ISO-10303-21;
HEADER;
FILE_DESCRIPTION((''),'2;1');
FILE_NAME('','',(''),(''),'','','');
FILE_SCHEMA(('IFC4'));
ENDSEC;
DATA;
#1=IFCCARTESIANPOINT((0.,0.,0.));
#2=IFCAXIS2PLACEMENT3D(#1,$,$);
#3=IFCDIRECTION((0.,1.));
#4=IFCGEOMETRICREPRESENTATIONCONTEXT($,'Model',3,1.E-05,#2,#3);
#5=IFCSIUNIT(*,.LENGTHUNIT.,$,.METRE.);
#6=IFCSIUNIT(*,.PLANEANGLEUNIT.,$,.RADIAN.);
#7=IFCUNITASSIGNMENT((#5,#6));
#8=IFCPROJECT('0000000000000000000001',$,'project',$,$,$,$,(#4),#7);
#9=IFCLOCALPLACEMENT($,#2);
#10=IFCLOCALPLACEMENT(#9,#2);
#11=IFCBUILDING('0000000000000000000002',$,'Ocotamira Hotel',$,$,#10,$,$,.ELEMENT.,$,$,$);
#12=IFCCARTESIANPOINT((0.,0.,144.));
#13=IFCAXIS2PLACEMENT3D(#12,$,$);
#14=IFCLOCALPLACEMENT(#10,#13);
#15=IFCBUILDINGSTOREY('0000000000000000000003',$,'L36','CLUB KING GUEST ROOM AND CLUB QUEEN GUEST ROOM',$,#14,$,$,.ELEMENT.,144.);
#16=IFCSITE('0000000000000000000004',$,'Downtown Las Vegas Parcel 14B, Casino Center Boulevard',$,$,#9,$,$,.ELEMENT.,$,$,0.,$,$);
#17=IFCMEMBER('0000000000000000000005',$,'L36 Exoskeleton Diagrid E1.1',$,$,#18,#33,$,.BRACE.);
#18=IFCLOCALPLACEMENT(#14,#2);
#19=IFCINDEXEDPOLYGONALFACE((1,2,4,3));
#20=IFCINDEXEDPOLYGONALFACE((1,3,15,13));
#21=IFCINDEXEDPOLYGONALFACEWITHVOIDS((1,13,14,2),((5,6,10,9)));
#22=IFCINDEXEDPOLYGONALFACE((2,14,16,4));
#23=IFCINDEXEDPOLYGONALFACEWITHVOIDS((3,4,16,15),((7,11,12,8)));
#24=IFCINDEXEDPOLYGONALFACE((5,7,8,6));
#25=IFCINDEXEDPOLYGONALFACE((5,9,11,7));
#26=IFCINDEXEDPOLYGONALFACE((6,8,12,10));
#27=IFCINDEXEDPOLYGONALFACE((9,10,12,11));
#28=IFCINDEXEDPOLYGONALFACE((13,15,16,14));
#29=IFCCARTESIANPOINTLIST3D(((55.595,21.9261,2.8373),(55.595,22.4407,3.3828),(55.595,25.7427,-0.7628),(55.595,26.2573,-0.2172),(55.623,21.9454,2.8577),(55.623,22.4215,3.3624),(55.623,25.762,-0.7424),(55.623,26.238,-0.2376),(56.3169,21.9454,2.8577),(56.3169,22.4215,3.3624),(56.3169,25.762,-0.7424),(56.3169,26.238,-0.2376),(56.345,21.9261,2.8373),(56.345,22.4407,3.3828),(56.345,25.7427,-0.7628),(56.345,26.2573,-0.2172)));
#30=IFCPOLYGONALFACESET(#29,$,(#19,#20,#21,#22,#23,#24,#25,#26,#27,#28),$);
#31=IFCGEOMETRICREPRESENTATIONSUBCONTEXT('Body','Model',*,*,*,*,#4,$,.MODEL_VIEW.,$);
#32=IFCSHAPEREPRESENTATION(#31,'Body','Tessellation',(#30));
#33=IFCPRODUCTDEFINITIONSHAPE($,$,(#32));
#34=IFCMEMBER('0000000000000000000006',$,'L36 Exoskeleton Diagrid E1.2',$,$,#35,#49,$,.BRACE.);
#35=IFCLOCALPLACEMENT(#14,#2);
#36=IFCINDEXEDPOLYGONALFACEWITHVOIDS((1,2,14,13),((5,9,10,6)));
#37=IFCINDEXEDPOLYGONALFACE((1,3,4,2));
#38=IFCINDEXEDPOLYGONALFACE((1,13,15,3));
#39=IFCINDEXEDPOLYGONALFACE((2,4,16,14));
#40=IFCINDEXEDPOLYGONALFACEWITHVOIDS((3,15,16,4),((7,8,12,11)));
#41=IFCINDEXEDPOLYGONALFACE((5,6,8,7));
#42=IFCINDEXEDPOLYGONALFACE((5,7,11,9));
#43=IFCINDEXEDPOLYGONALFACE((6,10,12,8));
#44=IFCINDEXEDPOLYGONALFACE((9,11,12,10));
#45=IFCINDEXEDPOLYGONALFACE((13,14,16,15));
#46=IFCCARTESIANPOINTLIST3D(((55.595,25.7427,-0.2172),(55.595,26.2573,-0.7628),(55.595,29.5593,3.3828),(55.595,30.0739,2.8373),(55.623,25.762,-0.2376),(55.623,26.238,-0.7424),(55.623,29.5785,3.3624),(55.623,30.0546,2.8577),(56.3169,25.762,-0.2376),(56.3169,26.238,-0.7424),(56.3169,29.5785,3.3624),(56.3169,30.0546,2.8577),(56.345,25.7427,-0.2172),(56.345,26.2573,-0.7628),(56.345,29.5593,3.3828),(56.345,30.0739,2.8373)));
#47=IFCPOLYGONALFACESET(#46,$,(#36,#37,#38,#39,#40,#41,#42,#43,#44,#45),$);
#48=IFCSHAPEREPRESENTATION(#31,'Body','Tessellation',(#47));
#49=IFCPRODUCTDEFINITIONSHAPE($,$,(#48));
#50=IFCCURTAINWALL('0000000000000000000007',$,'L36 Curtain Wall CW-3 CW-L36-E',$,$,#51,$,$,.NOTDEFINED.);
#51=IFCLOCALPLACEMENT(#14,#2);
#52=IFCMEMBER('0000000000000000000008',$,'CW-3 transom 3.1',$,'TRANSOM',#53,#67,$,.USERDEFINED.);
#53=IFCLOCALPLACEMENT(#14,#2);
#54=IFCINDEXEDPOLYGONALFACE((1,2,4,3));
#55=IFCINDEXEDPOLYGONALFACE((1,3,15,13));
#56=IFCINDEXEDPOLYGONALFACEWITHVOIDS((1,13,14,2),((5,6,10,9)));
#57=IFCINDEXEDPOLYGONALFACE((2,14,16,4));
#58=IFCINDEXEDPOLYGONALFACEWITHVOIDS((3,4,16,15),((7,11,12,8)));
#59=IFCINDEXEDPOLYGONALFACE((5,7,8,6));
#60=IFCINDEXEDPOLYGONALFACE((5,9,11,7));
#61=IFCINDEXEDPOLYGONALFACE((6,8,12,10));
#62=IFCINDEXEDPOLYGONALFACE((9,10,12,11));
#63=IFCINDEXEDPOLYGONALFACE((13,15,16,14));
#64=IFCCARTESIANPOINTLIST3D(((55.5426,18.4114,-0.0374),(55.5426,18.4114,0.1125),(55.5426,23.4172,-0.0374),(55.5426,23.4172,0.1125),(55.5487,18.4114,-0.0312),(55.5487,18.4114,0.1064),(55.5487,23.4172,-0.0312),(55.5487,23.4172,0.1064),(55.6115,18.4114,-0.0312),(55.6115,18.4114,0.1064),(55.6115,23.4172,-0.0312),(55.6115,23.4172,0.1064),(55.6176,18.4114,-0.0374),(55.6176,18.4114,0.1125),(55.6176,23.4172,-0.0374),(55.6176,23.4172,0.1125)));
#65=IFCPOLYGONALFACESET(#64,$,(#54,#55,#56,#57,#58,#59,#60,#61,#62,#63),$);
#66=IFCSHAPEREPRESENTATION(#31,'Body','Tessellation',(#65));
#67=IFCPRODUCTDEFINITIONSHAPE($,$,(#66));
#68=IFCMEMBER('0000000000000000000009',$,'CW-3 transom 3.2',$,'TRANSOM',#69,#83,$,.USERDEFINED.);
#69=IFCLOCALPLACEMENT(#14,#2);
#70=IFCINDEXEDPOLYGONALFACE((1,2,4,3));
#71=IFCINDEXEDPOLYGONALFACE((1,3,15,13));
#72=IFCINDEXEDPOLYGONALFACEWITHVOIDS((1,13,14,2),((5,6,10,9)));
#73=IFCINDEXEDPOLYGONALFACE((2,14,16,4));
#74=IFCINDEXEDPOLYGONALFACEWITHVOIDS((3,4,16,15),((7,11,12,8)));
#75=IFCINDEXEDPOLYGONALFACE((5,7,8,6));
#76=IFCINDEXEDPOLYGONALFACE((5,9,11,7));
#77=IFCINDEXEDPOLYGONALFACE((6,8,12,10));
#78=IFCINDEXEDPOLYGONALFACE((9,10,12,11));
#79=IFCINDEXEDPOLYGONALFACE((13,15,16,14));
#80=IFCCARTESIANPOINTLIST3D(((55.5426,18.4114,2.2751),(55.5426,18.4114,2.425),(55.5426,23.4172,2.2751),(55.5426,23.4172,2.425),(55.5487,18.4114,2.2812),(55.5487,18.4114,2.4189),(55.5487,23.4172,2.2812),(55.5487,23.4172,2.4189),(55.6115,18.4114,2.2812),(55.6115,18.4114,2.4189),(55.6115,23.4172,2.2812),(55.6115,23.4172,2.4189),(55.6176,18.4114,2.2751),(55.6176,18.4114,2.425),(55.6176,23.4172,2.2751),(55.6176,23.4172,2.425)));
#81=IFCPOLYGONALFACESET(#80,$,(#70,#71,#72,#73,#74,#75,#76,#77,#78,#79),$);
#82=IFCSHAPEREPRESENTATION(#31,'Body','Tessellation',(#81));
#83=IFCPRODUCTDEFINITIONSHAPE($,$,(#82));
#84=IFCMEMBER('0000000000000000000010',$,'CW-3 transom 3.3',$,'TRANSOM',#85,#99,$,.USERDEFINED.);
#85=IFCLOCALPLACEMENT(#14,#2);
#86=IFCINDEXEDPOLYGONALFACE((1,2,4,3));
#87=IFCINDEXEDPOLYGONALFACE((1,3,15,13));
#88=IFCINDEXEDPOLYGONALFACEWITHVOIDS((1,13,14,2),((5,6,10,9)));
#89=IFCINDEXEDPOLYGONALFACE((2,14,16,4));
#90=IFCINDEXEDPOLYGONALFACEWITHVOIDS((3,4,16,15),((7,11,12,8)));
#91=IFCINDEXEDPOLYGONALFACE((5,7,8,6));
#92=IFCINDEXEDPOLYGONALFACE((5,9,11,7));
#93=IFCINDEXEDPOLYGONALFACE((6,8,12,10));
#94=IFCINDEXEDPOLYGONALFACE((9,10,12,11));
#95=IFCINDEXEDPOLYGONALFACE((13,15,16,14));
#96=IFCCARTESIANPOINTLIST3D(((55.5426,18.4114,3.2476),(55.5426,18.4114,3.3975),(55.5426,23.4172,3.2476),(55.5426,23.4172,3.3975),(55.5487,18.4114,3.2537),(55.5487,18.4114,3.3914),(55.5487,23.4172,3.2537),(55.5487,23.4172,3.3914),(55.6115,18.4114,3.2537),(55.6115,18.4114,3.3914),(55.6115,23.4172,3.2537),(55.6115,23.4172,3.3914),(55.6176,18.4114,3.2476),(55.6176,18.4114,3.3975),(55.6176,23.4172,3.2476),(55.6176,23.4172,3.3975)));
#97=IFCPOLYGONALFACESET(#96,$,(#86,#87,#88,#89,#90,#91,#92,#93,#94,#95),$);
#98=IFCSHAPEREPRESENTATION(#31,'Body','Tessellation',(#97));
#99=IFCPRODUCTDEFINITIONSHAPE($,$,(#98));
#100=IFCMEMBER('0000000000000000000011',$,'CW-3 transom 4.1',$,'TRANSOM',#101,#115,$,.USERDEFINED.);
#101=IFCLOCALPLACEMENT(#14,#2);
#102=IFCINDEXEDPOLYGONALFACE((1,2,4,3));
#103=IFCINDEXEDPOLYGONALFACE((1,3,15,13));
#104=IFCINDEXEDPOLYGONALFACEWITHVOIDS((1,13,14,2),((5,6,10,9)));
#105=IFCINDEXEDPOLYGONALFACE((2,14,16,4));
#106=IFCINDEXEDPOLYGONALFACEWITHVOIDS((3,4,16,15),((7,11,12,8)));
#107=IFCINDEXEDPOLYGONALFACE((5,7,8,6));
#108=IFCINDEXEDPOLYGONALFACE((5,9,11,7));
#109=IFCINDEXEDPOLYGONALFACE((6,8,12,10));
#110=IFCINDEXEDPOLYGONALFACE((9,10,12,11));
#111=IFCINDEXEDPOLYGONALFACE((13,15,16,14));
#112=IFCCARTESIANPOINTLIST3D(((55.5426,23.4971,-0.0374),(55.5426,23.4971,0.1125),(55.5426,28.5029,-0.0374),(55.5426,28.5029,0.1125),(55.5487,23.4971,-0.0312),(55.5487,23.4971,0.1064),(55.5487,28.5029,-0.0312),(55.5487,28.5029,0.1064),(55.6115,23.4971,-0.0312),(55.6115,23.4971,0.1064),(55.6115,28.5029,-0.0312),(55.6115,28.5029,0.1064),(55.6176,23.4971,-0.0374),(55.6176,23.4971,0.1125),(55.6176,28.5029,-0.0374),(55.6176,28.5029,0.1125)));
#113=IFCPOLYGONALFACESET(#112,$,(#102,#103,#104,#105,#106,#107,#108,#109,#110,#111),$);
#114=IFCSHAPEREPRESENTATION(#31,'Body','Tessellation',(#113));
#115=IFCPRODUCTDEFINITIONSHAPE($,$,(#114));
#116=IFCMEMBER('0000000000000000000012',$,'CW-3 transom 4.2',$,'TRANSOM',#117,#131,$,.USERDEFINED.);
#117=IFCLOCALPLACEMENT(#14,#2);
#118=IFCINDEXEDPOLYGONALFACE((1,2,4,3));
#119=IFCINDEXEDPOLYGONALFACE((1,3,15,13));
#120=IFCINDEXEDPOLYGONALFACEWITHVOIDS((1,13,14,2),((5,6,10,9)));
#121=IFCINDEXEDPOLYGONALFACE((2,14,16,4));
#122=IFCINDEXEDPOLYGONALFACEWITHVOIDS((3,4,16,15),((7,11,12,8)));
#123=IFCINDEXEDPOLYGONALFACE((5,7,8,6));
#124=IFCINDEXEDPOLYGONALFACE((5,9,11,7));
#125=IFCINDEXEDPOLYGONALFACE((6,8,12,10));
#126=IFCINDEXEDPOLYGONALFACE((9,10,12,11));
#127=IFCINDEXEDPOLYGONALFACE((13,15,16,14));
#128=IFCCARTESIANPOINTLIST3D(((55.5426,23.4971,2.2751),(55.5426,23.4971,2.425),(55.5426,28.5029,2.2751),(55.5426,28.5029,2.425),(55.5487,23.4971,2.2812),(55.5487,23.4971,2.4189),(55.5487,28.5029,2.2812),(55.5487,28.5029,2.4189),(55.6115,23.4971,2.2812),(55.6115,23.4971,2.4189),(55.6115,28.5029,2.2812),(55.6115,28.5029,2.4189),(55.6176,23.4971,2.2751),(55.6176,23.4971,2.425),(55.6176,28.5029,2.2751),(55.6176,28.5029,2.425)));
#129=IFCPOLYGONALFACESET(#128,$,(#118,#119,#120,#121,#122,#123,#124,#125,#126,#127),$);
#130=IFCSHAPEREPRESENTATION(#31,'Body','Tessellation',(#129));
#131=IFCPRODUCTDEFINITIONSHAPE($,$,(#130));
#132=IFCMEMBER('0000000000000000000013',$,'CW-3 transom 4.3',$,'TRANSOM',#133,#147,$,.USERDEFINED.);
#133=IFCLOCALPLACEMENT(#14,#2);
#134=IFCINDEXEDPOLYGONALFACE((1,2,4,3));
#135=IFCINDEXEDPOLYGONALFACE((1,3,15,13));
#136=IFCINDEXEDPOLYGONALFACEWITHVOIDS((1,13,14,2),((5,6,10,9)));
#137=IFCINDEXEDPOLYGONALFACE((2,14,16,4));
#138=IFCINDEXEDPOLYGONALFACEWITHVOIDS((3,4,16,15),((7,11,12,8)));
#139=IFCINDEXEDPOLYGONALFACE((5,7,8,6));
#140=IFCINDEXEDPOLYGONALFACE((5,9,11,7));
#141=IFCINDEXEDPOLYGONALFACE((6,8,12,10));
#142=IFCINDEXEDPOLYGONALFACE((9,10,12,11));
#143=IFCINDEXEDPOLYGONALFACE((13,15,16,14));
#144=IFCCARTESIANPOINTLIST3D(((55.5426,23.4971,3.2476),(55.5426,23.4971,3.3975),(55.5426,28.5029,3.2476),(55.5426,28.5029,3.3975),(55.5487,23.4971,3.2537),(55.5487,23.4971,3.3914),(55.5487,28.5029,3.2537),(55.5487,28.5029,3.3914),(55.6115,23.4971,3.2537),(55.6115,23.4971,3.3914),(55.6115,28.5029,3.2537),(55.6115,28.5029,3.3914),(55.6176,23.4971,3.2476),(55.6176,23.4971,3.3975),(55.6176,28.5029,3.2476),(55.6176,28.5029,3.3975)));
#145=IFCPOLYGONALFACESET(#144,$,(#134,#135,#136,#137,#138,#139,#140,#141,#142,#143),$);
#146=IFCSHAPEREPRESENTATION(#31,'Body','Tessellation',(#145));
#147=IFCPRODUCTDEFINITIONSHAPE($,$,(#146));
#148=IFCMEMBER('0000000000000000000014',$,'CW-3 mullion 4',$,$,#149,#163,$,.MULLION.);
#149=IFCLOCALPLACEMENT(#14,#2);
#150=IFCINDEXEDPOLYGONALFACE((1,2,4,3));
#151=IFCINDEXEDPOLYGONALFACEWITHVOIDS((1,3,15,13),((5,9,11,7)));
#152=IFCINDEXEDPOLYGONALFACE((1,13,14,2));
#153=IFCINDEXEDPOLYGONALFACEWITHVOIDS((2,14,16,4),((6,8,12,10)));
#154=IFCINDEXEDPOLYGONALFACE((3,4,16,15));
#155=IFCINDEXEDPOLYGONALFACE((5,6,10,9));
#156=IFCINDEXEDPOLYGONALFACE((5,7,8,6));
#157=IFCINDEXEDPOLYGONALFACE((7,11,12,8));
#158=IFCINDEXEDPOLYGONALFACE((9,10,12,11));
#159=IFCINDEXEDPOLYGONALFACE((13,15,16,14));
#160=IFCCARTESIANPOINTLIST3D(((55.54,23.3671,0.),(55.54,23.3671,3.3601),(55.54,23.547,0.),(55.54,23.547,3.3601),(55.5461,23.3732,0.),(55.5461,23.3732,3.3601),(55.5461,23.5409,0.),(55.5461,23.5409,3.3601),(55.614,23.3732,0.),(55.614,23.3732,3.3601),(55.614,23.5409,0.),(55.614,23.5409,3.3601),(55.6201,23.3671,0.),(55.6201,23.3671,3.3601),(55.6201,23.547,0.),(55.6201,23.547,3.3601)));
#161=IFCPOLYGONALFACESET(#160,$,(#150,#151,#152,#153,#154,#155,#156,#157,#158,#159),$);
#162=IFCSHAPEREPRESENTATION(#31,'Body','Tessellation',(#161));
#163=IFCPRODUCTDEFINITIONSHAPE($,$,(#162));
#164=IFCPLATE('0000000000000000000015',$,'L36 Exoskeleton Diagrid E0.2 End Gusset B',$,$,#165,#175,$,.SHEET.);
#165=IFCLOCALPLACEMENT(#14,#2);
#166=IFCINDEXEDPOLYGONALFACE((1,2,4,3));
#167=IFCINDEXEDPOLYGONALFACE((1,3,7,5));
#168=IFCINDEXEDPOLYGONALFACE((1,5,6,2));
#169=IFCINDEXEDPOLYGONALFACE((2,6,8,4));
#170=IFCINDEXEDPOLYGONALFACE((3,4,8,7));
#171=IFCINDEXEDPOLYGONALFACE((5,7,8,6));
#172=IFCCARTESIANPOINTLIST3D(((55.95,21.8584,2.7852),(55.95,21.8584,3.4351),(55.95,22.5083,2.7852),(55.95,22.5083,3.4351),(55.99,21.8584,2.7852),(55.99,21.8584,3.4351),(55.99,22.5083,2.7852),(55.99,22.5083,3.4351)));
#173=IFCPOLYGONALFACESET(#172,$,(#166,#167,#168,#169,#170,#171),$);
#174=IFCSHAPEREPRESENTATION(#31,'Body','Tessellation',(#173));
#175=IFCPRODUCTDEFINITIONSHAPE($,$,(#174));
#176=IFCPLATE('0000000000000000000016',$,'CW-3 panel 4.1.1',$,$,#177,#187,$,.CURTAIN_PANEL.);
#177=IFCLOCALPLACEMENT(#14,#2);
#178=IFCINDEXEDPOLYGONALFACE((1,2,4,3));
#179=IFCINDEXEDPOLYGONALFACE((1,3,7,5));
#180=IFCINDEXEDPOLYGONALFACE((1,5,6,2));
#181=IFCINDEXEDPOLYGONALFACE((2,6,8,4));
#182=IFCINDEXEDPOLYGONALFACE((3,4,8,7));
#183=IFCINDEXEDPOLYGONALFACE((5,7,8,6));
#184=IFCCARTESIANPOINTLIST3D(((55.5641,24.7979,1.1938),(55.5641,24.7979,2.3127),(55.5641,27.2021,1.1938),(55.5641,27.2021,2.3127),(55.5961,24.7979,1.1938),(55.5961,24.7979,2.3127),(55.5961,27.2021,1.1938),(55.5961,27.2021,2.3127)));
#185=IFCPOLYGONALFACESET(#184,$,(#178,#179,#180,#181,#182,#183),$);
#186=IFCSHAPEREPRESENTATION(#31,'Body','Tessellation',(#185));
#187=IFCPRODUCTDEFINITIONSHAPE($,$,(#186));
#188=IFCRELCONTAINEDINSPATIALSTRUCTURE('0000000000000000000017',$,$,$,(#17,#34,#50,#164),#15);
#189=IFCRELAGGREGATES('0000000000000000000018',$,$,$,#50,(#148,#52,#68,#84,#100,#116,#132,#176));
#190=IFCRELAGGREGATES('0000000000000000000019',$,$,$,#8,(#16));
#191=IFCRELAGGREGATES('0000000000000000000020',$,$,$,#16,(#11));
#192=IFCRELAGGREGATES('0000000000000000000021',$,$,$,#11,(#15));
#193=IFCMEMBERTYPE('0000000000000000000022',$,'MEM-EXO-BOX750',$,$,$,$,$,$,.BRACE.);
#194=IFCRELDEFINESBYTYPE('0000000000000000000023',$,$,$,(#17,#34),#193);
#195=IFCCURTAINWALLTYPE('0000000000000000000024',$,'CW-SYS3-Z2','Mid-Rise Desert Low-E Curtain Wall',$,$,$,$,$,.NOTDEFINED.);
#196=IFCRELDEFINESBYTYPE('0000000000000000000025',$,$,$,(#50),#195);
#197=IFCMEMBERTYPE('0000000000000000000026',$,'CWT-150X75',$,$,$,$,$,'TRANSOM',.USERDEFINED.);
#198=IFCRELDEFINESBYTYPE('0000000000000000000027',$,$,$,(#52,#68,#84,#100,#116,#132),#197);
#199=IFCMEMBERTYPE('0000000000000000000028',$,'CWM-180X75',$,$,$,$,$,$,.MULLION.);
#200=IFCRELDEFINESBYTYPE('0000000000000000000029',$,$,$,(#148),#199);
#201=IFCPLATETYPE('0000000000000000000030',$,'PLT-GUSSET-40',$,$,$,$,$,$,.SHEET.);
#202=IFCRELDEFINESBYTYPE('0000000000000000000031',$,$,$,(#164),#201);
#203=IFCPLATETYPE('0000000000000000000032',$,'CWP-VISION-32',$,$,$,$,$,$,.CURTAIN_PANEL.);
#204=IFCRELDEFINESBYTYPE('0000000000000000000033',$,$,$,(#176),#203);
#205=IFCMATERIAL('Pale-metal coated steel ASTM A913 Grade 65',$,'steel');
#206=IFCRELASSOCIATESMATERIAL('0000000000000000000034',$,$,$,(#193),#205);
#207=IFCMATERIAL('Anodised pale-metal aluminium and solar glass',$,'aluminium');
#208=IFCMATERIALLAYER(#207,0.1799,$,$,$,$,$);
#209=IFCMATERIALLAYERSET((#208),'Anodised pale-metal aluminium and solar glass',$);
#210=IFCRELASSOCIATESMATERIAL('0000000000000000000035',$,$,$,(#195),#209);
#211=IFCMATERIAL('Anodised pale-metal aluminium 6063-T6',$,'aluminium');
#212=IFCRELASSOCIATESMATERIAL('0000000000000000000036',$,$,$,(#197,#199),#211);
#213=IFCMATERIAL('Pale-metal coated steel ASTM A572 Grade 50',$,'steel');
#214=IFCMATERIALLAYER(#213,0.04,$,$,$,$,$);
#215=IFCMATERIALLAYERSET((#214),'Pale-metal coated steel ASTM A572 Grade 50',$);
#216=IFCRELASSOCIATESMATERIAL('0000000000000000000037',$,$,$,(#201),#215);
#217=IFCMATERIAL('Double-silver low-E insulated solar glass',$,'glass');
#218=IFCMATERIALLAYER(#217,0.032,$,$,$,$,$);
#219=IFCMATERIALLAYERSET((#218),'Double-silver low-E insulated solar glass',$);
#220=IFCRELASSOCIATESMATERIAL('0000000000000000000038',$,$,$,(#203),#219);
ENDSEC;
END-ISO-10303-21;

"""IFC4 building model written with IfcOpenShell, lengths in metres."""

from ifc_helpers import new_model, si_unit, direction, frame, origin, origin_2d, place, context, subcontext, project, spatial, rectangle, hollow_rectangle, extrude, source, transform, mapped, material, layer, layer_set, material_profile, profile_set, type_object, element, aggregate, save


model = new_model("IFC4")

# Units and contexts
model_context = context("Model", 3, precision=1e-05, world=origin(), true_north=direction((0.0, 1.0)))
body_context = subcontext(model_context, "Body", "Model", "MODEL_VIEW")
ifc_project = project(units=[si_unit("LENGTHUNIT", "METRE"), si_unit("PLANEANGLEUNIT", "RADIAN")], contexts=[model_context])

# Site, building, storey
site_placement = place(None, origin())
site = spatial("IfcSite", under=ifc_project, at=site_placement, Name="Downtown Las Vegas Parcel 14B, Casino Center Boulevard", CompositionType="ELEMENT", RefElevation=0.0)
building_placement = place(site_placement, origin())
building = spatial("IfcBuilding", under=site, at=building_placement, Name="Ocotamira Hotel", CompositionType="ELEMENT")
storey_placement = place(building_placement, frame((0.0, 0.0, 144.0)))
storey = spatial("IfcBuildingStorey", under=building, at=storey_placement, Name="L36", Description="CLUB KING GUEST ROOM AND CLUB QUEEN GUEST ROOM", CompositionType="ELEMENT", Elevation=144.0)

# Members
ifc_material_1 = material(Name="Pale-metal coated steel ASTM A913 Grade 65", Category="steel")
ifc_material_profile_1 = material_profile(ifc_material_1, hollow_rectangle(XDim=0.75, YDim=0.75, WallThickness=0.0281, at=origin_2d()), Name="BOX750X750X28")
ifc_profile_set_1 = profile_set([ifc_material_profile_1], Name="Pale-metal coated steel ASTM A913 Grade 65")
member_type_1 = type_object("IfcMemberType", Name="MEM-EXO-BOX750", PredefinedType="BRACE", material=ifc_profile_set_1)
shared_shape_1 = source(origin(), body_context, "Body", "SweptSolid", [
    extrude(hollow_rectangle(XDim=0.75, YDim=0.75, WallThickness=0.0281, at=origin_2d()), origin(), (0.0, 0.0, 1.0), 5.2466),
])
for number, where, z_axis, x_axis, name in (
    (1, (55.97, 26.0, -0.49), (0.0, -0.727443, 0.686168), (1.0, 0.0, 0.0), "L36 Exoskeleton Diagrid E1.1"),
    (2, (55.97, 26.0, -0.49), (0.0, 0.727443, 0.686168), (-1.0, 0.0, 0.0), "L36 Exoskeleton Diagrid E1.2"),
):
    element("IfcMember", number, at=place(storey_placement, frame(where, z_axis=z_axis, x_axis=x_axis)), inside=storey, type_object=member_type_1, Name=name, PredefinedType="BRACE", context=body_context, shape_type="MappedRepresentation", body=[
        mapped(shared_shape_1, transform((0.0, 0.0, 0.0), scale=1.0)),
    ])

# Curtain wall, members
ifc_material_2 = material(Name="Anodised pale-metal aluminium and solar glass", Category="aluminium")
ifc_layer_1 = layer(ifc_material_2, 0.1799)
ifc_layer_set_1 = layer_set([ifc_layer_1], Name="Anodised pale-metal aluminium and solar glass")
curtain_wall_type = type_object("IfcCurtainWallType", Name="CW-SYS3-Z2", Description="Mid-Rise Desert Low-E Curtain Wall", PredefinedType="NOTDEFINED", material=ifc_layer_set_1)
curtain_wall_placement = place(storey_placement, origin())
curtain_wall = element("IfcCurtainWall", 3, at=curtain_wall_placement, inside=storey, type_object=curtain_wall_type, Name="L36 Curtain Wall CW-3 CW-L36-E", PredefinedType="NOTDEFINED")
ifc_material_3 = material(Name="Anodised pale-metal aluminium 6063-T6", Category="aluminium")
ifc_material_profile_2 = material_profile(ifc_material_3, hollow_rectangle(XDim=0.075, YDim=0.1499, WallThickness=0.0061, at=origin_2d()), Name="HSS150X75X6")
ifc_profile_set_2 = profile_set([ifc_material_profile_2], Name="Anodised pale-metal aluminium 6063-T6")
member_type_2 = type_object("IfcMemberType", Name="CWT-150X75", ElementType="TRANSOM", PredefinedType="USERDEFINED", material=ifc_profile_set_2)
shared_shape_2 = source(origin(), body_context, "Body", "SweptSolid", [
    extrude(hollow_rectangle(XDim=0.075, YDim=0.1499, WallThickness=0.0061, at=origin_2d()), origin(), (0.0, 0.0, 1.0), 5.0059),
])
member_1_placement = place(storey_placement, frame((55.5801, 18.4114, 0.0376), z_axis=(0.0, 1.0, 0.0), x_axis=(-1.0, 0.0, 0.0)))
member_1 = element("IfcMember", 4, at=member_1_placement, type_object=member_type_2, Name="CW-3 transom 3.1", ObjectType="TRANSOM", PredefinedType="USERDEFINED", context=body_context, shape_type="MappedRepresentation", body=[
    mapped(shared_shape_2, transform((0.0, 0.0, 0.0), scale=1.0)),
])
member_2_placement = place(storey_placement, frame((55.5801, 18.4114, 2.3501), z_axis=(0.0, 1.0, 0.0), x_axis=(-1.0, 0.0, 0.0)))
member_2 = element("IfcMember", 5, at=member_2_placement, type_object=member_type_2, Name="CW-3 transom 3.2", ObjectType="TRANSOM", PredefinedType="USERDEFINED", context=body_context, shape_type="MappedRepresentation", body=[
    mapped(shared_shape_2, transform((0.0, 0.0, 0.0), scale=1.0)),
])
member_3_placement = place(storey_placement, frame((55.5801, 18.4114, 3.3225), z_axis=(0.0, 1.0, 0.0), x_axis=(-1.0, 0.0, 0.0)))
member_3 = element("IfcMember", 6, at=member_3_placement, type_object=member_type_2, Name="CW-3 transom 3.3", ObjectType="TRANSOM", PredefinedType="USERDEFINED", context=body_context, shape_type="MappedRepresentation", body=[
    mapped(shared_shape_2, transform((0.0, 0.0, 0.0), scale=1.0)),
])
member_4_placement = place(storey_placement, frame((55.5801, 23.4971, 0.0376), z_axis=(0.0, 1.0, 0.0), x_axis=(-1.0, 0.0, 0.0)))
member_4 = element("IfcMember", 7, at=member_4_placement, type_object=member_type_2, Name="CW-3 transom 4.1", ObjectType="TRANSOM", PredefinedType="USERDEFINED", context=body_context, shape_type="MappedRepresentation", body=[
    mapped(shared_shape_2, transform((0.0, 0.0, 0.0), scale=1.0)),
])
member_5_placement = place(storey_placement, frame((55.5801, 23.4971, 2.3501), z_axis=(0.0, 1.0, 0.0), x_axis=(-1.0, 0.0, 0.0)))
member_5 = element("IfcMember", 8, at=member_5_placement, type_object=member_type_2, Name="CW-3 transom 4.2", ObjectType="TRANSOM", PredefinedType="USERDEFINED", context=body_context, shape_type="MappedRepresentation", body=[
    mapped(shared_shape_2, transform((0.0, 0.0, 0.0), scale=1.0)),
])
member_6_placement = place(storey_placement, frame((55.5801, 23.4971, 3.3225), z_axis=(0.0, 1.0, 0.0), x_axis=(-1.0, 0.0, 0.0)))
member_6 = element("IfcMember", 9, at=member_6_placement, type_object=member_type_2, Name="CW-3 transom 4.3", ObjectType="TRANSOM", PredefinedType="USERDEFINED", context=body_context, shape_type="MappedRepresentation", body=[
    mapped(shared_shape_2, transform((0.0, 0.0, 0.0), scale=1.0)),
])
ifc_material_profile_3 = material_profile(ifc_material_3, hollow_rectangle(XDim=0.0801, YDim=0.1799, WallThickness=0.0061, at=origin_2d()), Name="HSS180X80X6")
ifc_profile_set_3 = profile_set([ifc_material_profile_3], Name="Anodised pale-metal aluminium 6063-T6")
member_type_3 = type_object("IfcMemberType", Name="CWM-180X75", PredefinedType="MULLION", material=ifc_profile_set_3)
shared_shape_3 = source(origin(), body_context, "Body", "SweptSolid", [
    extrude(hollow_rectangle(XDim=0.0801, YDim=0.1799, WallThickness=0.0061, at=origin_2d()), origin(), (0.0, 0.0, 1.0), 3.3601),
])
member_7_placement = place(storey_placement, frame((55.5801, 23.457, 0.0), z_axis=(0.0, 0.0, 1.0), x_axis=(-1.0, 0.0, 0.0)))
member_7 = element("IfcMember", 10, at=member_7_placement, type_object=member_type_3, Name="CW-3 mullion 4", PredefinedType="MULLION", context=body_context, shape_type="MappedRepresentation", body=[
    mapped(shared_shape_3, transform((0.0, 0.0, 0.0), scale=1.0)),
])

# Plates
ifc_material_4 = material(Name="Pale-metal coated steel ASTM A572 Grade 50", Category="steel")
ifc_layer_2 = layer(ifc_material_4, 0.04)
ifc_layer_set_2 = layer_set([ifc_layer_2], Name="Pale-metal coated steel ASTM A572 Grade 50")
plate_type_1 = type_object("IfcPlateType", Name="PLT-GUSSET-40", PredefinedType="SHEET", material=ifc_layer_set_2)
shared_shape_4 = source(origin(), body_context, "Body", "SweptSolid", [
    extrude(rectangle(XDim=0.04, YDim=0.6499, at=origin_2d()), origin(), (0.0, 0.0, 1.0), 0.6499),
])
plate_1_placement = place(storey_placement, frame((55.97, 22.1833, 2.7852), z_axis=(0.0, 0.0, 1.0), x_axis=(1.0, 0.0, 0.0)))
element("IfcPlate", 11, at=plate_1_placement, inside=storey, type_object=plate_type_1, Name="L36 Exoskeleton Diagrid E0.2 End Gusset B", PredefinedType="SHEET", context=body_context, shape_type="MappedRepresentation", body=[
    mapped(shared_shape_4, transform((0.0, 0.0, 0.0), scale=1.0)),
])
ifc_material_5 = material(Name="Double-silver low-E insulated solar glass", Category="glass")
ifc_layer_3 = layer(ifc_material_5, 0.032)
ifc_layer_set_3 = layer_set([ifc_layer_3], Name="Double-silver low-E insulated solar glass")
plate_type_2 = type_object("IfcPlateType", Name="CWP-VISION-32", PredefinedType="CURTAIN_PANEL", material=ifc_layer_set_3)
shared_shape_5 = source(origin(), body_context, "Body", "SweptSolid", [
    extrude(rectangle(XDim=2.4043, YDim=0.032, at=origin_2d()), origin(), (0.0, 0.0, 1.0), 1.1189),
])
plate_2_placement = place(storey_placement, frame((55.5801, 26.0, 1.1938), z_axis=(0.0, 0.0, 1.0), x_axis=(0.0, 1.0, 0.0)))
plate_2 = element("IfcPlate", 12, at=plate_2_placement, type_object=plate_type_2, Name="CW-3 panel 4.1.1", PredefinedType="CURTAIN_PANEL", context=body_context, shape_type="MappedRepresentation", body=[
    mapped(shared_shape_5, transform((0.0, 0.0, 0.0), scale=1.0)),
])
aggregate(curtain_wall, [member_7, member_1, member_2, member_3, member_4, member_5, member_6, plate_2])

save(model, "model.ifc")
